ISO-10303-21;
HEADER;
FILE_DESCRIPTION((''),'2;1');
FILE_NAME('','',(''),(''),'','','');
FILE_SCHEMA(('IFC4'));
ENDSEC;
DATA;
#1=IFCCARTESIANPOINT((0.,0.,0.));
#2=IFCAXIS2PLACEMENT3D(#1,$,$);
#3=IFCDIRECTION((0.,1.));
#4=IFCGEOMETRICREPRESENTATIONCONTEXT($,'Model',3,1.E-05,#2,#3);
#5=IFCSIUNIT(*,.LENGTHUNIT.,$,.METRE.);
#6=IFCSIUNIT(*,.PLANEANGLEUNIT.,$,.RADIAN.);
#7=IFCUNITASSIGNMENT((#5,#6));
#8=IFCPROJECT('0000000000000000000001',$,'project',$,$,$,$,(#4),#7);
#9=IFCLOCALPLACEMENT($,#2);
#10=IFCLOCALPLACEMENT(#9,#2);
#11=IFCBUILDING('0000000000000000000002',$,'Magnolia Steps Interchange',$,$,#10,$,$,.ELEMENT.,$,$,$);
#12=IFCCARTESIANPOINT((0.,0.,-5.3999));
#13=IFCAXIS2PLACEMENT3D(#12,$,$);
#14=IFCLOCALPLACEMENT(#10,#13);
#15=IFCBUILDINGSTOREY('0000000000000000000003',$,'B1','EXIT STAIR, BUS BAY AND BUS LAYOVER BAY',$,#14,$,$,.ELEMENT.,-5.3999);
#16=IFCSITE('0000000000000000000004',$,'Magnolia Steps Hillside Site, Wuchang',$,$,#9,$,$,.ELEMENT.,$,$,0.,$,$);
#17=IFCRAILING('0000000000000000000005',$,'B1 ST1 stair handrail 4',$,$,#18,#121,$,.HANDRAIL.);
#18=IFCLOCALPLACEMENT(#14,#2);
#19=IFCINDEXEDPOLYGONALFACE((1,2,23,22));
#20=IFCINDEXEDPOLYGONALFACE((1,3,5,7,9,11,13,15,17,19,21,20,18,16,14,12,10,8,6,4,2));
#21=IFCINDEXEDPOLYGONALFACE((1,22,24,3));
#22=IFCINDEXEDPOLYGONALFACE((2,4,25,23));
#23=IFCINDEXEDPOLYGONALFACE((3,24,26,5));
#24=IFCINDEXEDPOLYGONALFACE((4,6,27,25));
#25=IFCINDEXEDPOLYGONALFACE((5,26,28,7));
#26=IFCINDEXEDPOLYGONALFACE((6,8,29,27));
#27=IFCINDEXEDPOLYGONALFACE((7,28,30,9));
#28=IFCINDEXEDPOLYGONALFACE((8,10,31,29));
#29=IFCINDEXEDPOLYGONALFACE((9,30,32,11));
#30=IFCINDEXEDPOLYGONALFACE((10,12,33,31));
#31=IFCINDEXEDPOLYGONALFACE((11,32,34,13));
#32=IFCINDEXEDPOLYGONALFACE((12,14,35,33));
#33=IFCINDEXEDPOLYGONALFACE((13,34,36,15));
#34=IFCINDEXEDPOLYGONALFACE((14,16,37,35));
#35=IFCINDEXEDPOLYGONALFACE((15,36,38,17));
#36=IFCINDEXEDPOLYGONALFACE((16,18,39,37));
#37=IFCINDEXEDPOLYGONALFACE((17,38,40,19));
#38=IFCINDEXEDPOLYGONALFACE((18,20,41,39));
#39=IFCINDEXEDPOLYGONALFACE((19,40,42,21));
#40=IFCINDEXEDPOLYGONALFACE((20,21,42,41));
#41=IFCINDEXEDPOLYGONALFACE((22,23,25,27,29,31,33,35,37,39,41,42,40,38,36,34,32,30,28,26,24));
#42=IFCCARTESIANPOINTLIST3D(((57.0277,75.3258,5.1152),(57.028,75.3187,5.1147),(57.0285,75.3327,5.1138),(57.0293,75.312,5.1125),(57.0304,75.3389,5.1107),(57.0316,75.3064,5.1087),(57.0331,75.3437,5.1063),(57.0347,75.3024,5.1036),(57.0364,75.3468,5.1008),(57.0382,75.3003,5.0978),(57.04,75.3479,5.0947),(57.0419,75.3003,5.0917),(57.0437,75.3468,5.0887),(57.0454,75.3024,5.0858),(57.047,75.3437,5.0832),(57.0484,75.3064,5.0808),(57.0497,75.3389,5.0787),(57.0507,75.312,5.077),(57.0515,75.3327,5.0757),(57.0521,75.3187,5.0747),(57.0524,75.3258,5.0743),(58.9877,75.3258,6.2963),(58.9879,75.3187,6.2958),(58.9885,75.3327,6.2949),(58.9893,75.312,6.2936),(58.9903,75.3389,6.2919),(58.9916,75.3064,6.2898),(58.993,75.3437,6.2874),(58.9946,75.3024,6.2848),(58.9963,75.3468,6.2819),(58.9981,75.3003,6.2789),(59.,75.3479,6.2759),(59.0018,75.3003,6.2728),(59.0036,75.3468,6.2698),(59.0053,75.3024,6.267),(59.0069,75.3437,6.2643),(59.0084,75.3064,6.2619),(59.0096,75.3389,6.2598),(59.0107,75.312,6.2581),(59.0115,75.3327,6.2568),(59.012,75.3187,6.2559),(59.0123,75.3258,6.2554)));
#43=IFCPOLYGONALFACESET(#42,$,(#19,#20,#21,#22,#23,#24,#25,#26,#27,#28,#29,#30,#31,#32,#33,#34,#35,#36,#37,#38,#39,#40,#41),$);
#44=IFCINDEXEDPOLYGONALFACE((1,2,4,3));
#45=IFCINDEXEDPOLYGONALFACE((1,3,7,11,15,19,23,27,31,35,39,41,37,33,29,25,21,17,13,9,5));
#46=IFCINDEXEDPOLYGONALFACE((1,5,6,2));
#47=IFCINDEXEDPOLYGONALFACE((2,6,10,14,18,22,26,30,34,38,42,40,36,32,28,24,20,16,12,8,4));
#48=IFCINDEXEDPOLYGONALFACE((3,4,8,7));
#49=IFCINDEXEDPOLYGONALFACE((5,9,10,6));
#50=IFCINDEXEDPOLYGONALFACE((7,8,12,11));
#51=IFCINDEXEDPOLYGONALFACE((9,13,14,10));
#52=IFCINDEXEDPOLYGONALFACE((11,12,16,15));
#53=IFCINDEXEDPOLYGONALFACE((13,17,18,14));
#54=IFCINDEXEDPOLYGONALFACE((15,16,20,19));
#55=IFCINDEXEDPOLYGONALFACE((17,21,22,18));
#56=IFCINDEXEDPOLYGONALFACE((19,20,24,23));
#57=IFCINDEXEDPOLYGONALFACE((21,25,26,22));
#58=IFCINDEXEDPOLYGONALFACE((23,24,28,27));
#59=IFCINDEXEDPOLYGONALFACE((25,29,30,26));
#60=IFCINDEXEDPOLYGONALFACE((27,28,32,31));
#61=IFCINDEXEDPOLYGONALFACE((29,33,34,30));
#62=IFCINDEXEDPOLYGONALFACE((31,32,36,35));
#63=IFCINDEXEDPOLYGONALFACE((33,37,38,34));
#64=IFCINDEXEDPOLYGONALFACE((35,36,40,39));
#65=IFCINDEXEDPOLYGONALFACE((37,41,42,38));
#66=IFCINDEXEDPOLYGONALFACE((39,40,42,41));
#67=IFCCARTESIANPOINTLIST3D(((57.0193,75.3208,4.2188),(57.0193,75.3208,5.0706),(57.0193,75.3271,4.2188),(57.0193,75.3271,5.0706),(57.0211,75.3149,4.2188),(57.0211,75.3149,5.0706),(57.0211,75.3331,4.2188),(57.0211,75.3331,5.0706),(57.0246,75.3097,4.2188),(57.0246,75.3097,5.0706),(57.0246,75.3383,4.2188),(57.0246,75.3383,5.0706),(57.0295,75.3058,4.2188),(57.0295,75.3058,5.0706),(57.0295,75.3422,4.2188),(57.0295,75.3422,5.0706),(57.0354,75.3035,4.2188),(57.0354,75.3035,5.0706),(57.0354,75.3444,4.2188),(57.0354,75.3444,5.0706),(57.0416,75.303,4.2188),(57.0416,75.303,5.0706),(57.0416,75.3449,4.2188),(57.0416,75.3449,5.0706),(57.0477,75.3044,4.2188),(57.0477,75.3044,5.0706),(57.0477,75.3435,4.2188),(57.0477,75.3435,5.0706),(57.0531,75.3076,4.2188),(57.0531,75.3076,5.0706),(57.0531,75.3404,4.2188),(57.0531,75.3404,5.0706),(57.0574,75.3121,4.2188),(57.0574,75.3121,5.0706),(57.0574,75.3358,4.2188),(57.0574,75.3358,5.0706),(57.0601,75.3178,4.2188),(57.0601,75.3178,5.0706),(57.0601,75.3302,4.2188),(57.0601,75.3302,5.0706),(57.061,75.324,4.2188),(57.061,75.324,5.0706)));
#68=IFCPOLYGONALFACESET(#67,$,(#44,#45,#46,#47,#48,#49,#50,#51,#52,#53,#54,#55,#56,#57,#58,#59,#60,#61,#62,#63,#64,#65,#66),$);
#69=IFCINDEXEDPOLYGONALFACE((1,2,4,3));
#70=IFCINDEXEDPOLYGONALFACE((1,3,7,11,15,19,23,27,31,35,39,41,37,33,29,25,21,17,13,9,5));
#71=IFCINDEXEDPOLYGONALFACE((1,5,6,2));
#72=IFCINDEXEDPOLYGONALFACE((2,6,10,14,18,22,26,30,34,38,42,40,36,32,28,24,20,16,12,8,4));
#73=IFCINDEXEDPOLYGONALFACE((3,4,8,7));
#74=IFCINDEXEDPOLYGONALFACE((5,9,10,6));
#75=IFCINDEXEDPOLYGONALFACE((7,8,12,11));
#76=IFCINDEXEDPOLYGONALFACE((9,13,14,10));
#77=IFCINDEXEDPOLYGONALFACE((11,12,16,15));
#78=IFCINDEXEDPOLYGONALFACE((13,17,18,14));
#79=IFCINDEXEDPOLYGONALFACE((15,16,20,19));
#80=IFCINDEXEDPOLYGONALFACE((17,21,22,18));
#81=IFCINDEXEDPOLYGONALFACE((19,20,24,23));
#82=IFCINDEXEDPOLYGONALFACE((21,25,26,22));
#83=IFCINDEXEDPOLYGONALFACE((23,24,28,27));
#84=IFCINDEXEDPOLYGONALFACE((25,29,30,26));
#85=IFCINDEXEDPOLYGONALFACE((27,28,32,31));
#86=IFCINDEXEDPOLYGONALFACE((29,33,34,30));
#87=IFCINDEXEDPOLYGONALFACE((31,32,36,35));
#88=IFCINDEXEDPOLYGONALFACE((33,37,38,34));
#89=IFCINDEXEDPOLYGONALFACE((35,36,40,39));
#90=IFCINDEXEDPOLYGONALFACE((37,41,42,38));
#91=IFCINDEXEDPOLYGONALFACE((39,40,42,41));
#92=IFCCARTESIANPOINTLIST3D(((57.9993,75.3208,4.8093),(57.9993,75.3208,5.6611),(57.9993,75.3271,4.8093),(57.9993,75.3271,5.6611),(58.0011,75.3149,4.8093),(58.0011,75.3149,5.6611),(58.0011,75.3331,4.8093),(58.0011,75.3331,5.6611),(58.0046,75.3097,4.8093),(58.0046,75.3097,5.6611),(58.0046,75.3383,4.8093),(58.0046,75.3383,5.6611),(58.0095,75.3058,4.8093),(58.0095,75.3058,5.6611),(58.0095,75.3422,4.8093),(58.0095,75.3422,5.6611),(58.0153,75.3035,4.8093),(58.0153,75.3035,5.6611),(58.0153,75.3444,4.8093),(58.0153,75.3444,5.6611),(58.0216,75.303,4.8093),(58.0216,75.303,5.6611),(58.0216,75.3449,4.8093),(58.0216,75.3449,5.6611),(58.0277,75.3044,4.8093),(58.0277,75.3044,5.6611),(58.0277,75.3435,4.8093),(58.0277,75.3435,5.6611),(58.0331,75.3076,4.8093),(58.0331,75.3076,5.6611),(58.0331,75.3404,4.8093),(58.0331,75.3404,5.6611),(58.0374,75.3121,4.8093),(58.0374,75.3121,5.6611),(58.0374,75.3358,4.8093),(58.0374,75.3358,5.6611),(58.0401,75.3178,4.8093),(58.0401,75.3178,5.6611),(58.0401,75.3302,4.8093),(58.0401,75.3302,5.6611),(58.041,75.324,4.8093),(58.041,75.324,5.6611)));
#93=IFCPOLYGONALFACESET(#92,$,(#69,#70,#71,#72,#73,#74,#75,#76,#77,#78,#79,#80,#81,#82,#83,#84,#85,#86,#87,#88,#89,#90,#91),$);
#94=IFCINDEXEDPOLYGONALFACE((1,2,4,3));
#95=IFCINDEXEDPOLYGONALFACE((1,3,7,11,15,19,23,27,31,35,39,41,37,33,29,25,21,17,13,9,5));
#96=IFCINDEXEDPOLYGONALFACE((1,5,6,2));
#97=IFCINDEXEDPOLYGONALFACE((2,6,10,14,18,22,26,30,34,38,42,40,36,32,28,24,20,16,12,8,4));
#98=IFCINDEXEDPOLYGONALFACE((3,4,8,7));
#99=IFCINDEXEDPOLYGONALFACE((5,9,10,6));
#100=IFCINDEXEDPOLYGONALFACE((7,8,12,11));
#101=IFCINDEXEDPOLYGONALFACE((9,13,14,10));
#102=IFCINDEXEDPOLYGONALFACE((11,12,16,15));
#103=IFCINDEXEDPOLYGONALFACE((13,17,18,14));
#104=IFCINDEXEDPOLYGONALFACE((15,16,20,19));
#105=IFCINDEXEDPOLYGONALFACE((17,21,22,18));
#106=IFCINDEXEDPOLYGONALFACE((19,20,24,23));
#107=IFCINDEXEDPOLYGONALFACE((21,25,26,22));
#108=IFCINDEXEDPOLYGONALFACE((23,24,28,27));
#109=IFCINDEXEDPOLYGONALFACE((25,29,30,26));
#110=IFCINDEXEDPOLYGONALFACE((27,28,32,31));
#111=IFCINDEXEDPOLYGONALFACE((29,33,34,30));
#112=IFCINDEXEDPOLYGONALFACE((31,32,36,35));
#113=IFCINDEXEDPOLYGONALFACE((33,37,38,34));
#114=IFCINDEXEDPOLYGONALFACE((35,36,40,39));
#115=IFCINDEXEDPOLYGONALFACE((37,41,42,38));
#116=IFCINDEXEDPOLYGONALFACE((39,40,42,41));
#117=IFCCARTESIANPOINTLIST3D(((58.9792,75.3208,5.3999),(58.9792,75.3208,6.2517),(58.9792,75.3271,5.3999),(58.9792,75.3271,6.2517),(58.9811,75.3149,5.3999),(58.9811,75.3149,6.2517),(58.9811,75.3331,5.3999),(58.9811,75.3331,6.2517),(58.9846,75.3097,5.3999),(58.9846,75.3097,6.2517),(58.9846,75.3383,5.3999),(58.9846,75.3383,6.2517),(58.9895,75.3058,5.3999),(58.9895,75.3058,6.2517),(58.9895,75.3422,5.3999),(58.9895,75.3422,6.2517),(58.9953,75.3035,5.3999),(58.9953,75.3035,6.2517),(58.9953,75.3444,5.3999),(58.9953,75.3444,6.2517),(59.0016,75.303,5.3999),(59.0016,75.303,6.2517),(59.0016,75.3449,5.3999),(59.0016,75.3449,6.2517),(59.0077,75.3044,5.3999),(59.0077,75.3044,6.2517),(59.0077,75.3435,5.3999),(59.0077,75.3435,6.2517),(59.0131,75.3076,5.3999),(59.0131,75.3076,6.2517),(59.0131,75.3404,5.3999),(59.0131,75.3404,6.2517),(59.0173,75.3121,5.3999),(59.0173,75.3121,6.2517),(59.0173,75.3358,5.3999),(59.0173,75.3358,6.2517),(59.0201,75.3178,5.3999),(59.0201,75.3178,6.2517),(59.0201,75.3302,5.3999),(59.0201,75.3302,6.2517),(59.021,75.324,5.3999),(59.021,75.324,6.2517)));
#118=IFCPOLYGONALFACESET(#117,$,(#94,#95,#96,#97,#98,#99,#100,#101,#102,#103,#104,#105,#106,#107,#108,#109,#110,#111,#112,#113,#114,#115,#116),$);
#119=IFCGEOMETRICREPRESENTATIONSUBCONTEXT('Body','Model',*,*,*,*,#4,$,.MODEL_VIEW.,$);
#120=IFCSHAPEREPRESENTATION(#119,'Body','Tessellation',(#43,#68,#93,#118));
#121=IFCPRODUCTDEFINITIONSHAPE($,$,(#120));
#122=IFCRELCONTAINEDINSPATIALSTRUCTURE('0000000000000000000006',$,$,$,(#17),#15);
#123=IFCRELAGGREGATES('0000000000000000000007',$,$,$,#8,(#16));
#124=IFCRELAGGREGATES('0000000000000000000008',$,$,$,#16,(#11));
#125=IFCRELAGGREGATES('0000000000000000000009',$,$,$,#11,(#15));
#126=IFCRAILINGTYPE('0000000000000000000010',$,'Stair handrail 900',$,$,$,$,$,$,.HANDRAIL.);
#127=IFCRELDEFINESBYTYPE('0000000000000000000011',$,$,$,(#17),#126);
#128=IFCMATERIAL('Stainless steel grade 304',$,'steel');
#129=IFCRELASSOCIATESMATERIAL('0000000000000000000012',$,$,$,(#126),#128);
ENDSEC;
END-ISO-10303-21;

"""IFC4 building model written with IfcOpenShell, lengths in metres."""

from ifc_helpers import new_model, si_unit, direction, frame, origin, origin_2d, place, context, subcontext, project, spatial, circle, extrude, material, type_object, element, save


model = new_model("IFC4")

# Units and contexts
model_context = context("Model", 3, precision=1e-05, world=origin(), true_north=direction((0.0, 1.0)))
body_context = subcontext(model_context, "Body", "Model", "MODEL_VIEW")
ifc_project = project(units=[si_unit("LENGTHUNIT", "METRE"), si_unit("PLANEANGLEUNIT", "RADIAN")], contexts=[model_context])

# Site, building, storey
site_placement = place(None, origin())
site = spatial("IfcSite", under=ifc_project, at=site_placement, Name="Magnolia Steps Hillside Site, Wuchang", CompositionType="ELEMENT", RefElevation=0.0)
building_placement = place(site_placement, origin())
building = spatial("IfcBuilding", under=site, at=building_placement, Name="Magnolia Steps Interchange", CompositionType="ELEMENT")
storey_placement = place(building_placement, frame((0.0, 0.0, -5.3999)))
storey = spatial("IfcBuildingStorey", under=building, at=storey_placement, Name="B1", Description="EXIT STAIR, BUS BAY AND BUS LAYOVER BAY", CompositionType="ELEMENT", Elevation=-5.3999)

# Railing
ifc_material_1 = material(Name="Stainless steel grade 304", Category="steel")
railing_type_1 = type_object("IfcRailingType", Name="Stair handrail 900", PredefinedType="HANDRAIL", material=ifc_material_1)
railing_1_placement = place(storey_placement, frame((57.04, 75.324, 4.2188)))
element("IfcRailing", 1, at=railing_1_placement, inside=storey, type_object=railing_type_1, Name="B1 ST1 stair handrail 4", PredefinedType="HANDRAIL", context=body_context, shape_type="SweptSolid", body=[
    extrude(circle(Radius=0.0239, at=origin_2d()), frame((0.0, 0.0, 0.876), z_axis=(0.856493, 0.0, 0.516158), x_axis=(0.0, 1.0, 0.0)), (0.0, 0.0, 1.0), 2.2883),
    extrude(circle(Radius=0.021, at=origin_2d()), origin(), (0.0, 0.0, 1.0), 0.8518),
    extrude(circle(Radius=0.021, at=origin_2d()), frame((0.98, 0.0, 0.5906)), (0.0, 0.0, 1.0), 0.8518),
    extrude(circle(Radius=0.021, at=origin_2d()), frame((1.96, 0.0, 1.1812)), (0.0, 0.0, 1.0), 0.8518),
])

save(model, "model.ifc")
